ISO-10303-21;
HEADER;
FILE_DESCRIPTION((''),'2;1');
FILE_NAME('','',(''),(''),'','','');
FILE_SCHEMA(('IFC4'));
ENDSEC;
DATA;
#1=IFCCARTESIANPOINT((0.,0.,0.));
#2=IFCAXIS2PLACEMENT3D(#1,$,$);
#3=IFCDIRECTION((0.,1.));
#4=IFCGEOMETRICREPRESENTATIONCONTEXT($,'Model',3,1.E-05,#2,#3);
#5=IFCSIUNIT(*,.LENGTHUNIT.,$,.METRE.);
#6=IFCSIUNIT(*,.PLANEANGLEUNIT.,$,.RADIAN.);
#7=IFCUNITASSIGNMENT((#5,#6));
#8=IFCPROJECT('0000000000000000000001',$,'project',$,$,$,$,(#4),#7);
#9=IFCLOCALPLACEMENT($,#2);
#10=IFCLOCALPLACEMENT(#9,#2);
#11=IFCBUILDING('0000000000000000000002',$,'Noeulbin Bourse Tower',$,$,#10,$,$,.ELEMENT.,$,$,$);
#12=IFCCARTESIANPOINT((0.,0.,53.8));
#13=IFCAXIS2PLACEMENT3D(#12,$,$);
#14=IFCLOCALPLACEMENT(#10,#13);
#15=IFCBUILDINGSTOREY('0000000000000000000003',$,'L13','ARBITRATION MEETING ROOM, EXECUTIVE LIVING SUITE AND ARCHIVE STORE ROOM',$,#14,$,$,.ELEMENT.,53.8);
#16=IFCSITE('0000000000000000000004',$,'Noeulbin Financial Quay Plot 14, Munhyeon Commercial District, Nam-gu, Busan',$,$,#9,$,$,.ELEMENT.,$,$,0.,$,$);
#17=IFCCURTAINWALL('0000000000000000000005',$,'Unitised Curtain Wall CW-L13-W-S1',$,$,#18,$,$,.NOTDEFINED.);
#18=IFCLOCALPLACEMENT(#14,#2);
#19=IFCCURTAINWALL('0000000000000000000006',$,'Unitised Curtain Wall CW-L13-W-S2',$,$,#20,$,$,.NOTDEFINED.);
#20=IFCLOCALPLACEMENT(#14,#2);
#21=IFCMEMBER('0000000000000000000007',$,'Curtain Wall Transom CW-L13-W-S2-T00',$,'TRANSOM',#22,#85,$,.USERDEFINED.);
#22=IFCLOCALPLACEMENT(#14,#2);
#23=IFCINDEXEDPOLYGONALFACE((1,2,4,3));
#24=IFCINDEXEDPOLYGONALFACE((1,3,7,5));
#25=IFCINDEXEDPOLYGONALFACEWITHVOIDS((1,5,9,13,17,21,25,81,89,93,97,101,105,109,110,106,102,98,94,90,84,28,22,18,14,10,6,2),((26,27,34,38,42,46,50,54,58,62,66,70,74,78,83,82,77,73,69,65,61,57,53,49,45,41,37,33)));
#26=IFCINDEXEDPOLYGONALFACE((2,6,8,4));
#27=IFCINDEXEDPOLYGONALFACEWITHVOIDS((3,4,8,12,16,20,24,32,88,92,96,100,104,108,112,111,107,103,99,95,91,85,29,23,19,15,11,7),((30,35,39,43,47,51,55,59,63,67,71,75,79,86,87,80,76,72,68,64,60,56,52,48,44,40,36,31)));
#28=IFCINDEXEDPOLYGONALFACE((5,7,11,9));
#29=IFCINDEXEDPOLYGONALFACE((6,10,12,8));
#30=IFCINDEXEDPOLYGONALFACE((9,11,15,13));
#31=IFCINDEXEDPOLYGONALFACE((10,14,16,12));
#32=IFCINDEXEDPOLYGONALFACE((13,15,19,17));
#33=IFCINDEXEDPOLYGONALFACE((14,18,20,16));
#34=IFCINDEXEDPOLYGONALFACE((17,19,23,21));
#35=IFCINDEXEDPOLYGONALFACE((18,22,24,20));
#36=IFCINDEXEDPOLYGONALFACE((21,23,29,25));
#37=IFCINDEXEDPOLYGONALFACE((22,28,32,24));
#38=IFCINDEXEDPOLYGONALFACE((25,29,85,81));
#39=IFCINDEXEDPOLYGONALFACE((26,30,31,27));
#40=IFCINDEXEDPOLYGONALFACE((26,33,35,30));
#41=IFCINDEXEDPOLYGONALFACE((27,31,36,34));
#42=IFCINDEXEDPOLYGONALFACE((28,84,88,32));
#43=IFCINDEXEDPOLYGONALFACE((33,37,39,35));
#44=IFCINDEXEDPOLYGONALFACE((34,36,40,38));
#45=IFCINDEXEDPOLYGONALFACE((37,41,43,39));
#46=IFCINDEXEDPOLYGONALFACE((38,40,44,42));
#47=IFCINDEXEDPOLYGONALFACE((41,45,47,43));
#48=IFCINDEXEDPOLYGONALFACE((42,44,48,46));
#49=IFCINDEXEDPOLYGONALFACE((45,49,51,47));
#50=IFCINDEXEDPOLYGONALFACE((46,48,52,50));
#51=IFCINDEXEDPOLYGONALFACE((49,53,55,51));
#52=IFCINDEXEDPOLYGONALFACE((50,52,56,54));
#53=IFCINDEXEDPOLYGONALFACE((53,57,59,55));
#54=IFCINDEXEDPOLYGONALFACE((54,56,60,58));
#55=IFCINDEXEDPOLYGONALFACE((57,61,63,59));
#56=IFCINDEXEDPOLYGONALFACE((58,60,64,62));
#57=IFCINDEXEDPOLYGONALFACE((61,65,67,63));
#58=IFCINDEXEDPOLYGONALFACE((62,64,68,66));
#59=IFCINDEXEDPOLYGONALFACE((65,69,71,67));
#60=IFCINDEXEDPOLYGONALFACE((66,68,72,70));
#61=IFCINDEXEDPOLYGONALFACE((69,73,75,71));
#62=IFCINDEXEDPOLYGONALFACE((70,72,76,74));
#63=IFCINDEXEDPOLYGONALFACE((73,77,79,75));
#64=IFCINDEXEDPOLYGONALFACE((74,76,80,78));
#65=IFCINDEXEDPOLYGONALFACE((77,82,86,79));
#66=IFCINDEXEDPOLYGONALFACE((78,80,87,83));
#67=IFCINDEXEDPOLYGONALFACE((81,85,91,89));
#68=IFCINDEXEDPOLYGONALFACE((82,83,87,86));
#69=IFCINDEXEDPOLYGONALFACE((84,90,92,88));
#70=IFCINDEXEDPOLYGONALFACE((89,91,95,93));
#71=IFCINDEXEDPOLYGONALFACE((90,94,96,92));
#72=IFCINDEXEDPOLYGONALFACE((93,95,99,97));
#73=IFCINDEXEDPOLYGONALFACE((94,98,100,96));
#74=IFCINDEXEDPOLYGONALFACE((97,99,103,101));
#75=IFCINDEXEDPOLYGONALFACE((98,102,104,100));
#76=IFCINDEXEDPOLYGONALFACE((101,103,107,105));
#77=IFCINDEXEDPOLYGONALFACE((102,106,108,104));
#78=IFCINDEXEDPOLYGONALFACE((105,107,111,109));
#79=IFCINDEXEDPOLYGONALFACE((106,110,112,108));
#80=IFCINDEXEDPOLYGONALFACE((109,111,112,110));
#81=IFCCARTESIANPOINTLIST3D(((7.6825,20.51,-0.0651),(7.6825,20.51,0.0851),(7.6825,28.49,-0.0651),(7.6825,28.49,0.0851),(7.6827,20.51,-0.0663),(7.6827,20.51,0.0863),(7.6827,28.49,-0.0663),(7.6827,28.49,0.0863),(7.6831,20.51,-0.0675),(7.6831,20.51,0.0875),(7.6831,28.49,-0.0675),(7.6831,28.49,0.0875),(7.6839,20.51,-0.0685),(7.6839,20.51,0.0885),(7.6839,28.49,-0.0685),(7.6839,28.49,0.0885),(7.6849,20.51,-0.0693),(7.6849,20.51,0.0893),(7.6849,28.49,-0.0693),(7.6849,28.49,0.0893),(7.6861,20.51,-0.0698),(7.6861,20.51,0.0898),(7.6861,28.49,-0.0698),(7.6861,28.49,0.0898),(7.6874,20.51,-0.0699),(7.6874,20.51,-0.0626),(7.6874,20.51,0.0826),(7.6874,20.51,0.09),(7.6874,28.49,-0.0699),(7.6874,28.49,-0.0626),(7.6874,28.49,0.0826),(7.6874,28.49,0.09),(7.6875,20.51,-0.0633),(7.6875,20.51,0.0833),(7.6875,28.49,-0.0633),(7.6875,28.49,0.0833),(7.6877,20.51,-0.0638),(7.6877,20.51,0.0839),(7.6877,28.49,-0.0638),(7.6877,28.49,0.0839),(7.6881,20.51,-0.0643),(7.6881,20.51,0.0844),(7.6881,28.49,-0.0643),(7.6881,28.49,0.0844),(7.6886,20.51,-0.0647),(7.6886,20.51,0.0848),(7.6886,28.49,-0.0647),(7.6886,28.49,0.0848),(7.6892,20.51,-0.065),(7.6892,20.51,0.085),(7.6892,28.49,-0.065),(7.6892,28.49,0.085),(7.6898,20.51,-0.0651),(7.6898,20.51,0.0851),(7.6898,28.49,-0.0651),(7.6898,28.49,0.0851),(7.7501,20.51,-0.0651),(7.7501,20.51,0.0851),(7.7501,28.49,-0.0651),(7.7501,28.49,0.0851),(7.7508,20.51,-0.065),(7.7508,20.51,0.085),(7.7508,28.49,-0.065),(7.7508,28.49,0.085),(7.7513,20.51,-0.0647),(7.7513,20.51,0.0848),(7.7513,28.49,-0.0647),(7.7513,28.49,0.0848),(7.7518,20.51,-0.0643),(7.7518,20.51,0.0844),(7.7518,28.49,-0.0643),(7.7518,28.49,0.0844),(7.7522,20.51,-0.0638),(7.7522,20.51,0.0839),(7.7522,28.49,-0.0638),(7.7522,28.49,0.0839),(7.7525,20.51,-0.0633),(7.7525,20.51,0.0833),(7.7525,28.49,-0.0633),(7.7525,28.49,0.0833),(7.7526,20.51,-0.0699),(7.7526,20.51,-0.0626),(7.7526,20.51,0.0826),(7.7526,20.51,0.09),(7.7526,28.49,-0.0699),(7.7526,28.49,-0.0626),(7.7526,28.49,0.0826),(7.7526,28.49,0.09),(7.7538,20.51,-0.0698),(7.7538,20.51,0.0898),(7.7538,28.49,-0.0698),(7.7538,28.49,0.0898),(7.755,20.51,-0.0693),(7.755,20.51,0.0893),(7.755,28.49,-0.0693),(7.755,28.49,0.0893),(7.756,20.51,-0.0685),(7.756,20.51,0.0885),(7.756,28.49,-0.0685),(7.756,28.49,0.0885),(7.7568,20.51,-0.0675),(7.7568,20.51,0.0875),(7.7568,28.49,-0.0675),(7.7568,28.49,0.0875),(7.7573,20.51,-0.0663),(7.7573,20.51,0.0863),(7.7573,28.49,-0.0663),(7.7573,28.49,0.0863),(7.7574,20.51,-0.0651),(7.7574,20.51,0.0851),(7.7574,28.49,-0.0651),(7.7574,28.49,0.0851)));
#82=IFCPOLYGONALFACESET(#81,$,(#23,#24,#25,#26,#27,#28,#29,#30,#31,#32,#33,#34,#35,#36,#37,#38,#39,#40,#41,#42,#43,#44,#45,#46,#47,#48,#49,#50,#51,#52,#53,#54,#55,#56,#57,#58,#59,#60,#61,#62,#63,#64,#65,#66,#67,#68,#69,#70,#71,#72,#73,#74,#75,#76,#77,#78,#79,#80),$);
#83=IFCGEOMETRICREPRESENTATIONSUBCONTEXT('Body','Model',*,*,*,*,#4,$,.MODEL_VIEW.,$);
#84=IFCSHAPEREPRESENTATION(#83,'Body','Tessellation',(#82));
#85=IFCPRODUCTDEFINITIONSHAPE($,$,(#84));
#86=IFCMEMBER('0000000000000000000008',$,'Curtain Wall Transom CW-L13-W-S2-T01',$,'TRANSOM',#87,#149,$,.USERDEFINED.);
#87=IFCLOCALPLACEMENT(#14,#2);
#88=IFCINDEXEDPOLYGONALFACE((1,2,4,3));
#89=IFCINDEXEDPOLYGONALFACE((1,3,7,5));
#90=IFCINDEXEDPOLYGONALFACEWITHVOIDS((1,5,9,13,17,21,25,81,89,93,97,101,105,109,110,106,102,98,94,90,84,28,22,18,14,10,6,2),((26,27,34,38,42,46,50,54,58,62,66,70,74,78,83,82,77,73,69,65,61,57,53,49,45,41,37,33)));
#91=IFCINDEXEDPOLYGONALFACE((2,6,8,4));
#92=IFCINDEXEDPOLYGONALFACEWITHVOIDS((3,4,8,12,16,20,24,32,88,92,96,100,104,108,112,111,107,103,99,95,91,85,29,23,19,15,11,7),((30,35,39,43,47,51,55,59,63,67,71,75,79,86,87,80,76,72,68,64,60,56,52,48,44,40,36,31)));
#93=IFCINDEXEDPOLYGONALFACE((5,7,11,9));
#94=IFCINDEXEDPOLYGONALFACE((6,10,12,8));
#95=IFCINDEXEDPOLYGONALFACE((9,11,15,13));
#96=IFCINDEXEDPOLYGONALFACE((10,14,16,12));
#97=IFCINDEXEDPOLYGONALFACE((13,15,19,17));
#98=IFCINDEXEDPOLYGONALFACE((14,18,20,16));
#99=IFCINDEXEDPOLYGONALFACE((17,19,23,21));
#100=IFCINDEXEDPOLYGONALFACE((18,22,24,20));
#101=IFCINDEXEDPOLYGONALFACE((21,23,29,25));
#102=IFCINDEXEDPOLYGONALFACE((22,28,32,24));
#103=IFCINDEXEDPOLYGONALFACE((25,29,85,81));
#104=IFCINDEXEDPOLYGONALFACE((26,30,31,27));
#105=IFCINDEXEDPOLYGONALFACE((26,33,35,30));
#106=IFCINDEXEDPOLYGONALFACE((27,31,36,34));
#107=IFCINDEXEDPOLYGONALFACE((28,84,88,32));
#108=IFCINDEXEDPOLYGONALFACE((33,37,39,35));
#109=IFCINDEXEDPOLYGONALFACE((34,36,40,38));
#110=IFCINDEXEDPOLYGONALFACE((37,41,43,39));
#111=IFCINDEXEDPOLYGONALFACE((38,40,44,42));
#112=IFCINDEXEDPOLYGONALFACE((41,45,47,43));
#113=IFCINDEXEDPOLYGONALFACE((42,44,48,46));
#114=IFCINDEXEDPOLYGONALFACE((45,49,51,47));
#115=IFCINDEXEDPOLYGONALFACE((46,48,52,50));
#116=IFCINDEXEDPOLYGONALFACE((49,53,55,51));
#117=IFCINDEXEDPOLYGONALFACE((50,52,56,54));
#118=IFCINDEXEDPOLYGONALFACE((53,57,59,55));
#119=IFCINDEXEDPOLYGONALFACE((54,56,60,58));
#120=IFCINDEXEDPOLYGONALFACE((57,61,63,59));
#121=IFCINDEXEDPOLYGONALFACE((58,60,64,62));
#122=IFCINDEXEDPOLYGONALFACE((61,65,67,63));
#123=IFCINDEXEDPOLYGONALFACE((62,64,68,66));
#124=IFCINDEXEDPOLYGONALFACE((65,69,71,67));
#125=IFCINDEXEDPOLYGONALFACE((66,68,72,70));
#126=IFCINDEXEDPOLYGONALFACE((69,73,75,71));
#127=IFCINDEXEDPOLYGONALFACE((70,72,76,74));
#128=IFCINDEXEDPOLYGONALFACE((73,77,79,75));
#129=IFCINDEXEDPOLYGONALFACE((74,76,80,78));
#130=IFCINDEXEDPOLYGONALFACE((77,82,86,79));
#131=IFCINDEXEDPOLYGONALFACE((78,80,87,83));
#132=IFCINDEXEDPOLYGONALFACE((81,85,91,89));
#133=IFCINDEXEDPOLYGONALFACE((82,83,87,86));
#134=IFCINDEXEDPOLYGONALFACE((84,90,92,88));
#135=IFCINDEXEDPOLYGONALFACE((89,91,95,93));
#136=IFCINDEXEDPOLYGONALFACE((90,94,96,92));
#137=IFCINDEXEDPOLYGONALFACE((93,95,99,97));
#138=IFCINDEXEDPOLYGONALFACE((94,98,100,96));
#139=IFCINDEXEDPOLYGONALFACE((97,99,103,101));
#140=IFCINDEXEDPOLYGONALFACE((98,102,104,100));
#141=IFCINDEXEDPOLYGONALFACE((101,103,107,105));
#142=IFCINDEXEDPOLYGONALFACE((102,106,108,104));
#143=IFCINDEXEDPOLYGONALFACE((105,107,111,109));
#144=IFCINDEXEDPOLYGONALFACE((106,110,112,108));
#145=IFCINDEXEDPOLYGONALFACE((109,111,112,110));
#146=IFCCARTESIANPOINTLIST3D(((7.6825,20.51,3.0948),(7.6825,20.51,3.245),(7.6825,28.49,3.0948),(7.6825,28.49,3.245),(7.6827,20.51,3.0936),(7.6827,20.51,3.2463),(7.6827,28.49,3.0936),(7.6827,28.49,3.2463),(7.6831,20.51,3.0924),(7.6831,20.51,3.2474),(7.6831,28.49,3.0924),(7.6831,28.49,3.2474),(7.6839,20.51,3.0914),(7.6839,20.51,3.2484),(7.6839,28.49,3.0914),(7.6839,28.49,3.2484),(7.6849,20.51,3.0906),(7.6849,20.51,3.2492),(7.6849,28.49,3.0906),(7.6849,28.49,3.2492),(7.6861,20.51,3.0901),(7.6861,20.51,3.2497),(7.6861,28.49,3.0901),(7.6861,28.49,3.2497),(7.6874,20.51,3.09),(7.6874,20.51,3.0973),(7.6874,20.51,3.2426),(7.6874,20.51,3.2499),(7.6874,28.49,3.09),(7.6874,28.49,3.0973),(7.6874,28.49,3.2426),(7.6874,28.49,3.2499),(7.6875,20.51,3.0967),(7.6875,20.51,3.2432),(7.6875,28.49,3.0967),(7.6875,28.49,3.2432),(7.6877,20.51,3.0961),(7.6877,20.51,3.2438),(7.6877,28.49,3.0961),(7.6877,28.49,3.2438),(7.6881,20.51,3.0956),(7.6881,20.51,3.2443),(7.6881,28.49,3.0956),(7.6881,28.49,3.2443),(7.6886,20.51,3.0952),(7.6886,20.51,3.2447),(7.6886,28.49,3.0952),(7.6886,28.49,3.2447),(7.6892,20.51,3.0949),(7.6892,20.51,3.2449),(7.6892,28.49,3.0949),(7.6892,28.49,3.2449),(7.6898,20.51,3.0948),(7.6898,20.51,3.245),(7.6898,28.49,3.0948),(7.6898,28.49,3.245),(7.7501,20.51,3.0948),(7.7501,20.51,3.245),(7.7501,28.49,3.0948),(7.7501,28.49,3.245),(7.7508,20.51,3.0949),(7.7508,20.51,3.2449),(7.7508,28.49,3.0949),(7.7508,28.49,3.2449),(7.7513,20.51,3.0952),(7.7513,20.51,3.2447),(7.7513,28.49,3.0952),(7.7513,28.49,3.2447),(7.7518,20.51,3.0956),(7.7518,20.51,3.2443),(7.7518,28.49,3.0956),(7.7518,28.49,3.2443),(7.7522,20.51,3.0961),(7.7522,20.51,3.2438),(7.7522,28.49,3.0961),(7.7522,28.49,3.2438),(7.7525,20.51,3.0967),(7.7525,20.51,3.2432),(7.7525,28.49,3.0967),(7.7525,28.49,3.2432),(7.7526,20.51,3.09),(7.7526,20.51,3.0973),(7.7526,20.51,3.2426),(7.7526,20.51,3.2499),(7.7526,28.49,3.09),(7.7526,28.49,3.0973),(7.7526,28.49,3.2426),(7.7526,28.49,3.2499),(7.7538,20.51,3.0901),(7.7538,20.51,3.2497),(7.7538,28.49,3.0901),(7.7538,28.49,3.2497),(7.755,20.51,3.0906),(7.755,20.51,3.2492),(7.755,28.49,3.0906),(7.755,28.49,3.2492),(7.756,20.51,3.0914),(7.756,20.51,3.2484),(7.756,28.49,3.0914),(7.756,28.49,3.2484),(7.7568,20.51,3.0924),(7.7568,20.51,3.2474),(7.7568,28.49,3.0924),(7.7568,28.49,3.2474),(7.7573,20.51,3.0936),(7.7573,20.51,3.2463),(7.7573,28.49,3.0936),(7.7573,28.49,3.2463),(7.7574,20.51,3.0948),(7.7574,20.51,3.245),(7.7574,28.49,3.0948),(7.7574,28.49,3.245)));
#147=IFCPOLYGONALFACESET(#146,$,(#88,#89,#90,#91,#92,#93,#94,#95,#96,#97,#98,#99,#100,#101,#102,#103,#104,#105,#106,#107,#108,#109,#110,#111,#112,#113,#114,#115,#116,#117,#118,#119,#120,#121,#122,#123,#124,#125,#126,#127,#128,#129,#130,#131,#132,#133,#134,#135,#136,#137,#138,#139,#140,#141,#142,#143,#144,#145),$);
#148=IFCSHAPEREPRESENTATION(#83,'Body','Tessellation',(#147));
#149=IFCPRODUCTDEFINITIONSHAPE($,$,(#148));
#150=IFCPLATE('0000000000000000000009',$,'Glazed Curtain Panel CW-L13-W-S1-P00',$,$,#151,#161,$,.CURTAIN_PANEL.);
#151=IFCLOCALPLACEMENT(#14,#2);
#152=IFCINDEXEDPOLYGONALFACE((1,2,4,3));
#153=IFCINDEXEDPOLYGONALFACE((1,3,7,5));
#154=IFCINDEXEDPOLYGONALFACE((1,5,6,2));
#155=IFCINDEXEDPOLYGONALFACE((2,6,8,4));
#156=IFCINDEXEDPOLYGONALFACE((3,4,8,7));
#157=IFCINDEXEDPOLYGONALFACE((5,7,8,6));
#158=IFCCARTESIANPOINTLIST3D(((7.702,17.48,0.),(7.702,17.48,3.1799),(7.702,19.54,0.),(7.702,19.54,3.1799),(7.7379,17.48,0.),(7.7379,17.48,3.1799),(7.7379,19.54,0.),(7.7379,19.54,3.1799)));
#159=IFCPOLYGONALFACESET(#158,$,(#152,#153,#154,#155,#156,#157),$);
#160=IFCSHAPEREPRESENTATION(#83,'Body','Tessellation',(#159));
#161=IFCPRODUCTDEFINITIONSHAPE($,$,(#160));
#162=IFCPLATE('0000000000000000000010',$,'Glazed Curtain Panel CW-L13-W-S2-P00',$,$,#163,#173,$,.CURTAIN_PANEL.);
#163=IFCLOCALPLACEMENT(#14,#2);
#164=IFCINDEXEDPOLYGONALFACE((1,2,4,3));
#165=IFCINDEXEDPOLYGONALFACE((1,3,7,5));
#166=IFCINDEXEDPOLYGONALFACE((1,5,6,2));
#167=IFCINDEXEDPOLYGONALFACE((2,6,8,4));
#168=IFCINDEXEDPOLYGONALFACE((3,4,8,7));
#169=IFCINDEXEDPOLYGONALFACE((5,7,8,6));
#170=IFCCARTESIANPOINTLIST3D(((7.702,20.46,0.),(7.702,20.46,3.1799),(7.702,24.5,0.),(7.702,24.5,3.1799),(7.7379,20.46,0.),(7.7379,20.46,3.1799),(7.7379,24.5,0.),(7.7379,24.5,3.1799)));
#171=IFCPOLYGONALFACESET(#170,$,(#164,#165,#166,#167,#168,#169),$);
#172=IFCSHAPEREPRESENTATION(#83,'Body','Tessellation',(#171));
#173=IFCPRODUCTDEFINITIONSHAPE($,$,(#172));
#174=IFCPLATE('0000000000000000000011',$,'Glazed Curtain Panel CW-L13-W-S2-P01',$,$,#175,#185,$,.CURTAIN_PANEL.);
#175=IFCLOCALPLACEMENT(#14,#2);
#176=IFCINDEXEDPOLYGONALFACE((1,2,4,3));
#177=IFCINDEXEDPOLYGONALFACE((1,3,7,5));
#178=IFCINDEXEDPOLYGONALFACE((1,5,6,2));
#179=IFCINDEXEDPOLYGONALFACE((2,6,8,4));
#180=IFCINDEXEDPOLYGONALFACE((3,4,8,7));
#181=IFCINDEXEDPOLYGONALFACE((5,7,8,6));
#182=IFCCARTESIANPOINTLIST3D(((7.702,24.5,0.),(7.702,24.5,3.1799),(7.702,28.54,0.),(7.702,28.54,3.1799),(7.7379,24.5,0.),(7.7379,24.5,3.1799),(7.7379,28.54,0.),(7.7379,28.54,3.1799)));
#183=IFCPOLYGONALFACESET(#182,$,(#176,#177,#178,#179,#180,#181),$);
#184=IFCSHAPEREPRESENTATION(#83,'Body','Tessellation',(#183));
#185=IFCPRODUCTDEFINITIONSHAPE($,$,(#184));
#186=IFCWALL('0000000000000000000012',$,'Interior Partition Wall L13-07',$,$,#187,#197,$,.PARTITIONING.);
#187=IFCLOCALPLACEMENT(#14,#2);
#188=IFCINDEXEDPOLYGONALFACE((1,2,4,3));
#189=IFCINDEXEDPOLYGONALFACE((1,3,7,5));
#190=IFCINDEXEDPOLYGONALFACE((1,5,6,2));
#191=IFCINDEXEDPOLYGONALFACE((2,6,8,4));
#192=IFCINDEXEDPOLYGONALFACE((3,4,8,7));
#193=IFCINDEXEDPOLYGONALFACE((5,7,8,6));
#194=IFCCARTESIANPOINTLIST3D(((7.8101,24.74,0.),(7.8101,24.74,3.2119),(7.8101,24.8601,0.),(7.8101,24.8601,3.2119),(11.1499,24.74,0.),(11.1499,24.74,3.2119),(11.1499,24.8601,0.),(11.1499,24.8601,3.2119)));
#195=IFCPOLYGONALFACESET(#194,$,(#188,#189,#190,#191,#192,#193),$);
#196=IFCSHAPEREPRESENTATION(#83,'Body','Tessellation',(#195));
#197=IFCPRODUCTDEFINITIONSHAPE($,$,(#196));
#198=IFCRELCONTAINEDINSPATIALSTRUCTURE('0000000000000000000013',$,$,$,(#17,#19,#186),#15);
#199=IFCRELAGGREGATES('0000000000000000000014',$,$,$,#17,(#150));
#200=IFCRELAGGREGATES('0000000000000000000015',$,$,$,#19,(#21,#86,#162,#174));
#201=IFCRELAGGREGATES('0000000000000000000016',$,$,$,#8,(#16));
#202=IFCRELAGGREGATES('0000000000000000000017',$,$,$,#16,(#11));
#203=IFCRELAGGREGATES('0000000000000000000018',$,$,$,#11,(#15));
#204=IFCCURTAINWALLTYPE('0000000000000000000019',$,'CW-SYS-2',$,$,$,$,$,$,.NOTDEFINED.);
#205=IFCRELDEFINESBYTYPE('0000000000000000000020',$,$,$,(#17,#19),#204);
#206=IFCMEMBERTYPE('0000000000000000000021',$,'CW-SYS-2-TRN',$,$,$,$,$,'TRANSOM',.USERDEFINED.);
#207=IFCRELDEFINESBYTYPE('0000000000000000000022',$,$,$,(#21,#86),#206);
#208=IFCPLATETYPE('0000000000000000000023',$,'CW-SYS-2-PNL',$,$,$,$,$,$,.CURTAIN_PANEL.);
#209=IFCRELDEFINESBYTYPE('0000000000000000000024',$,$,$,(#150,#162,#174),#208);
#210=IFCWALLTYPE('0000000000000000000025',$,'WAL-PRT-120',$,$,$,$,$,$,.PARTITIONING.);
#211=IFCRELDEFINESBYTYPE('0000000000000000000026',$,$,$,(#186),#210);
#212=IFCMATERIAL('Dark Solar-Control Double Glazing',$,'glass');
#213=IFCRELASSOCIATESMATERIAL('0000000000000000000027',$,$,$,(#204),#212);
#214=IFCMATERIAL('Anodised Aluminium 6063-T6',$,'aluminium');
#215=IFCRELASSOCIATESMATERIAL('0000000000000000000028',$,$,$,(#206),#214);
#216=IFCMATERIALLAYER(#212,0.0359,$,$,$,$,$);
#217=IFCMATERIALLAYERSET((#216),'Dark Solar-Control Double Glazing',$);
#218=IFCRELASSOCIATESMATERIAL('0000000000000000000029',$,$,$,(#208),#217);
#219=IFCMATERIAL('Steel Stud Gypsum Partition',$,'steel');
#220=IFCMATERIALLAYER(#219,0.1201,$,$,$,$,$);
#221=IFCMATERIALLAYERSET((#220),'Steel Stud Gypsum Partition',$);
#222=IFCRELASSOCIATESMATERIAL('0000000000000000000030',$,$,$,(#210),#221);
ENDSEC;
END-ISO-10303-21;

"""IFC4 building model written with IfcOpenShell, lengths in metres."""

from ifc_helpers import new_model, si_unit, direction, frame, frame_2d, origin, origin_2d, place, context, subcontext, project, spatial, rectangle, hollow_rectangle, extrude, material, layer, layer_set, material_profile, profile_set, type_object, element, aggregate, save


model = new_model("IFC4")

# Units and contexts
model_context = context("Model", 3, precision=1e-05, world=origin(), true_north=direction((0.0, 1.0)))
body_context = subcontext(model_context, "Body", "Model", "MODEL_VIEW")
ifc_project = project(units=[si_unit("LENGTHUNIT", "METRE"), si_unit("PLANEANGLEUNIT", "RADIAN")], contexts=[model_context])

# Site, building, storey
site_placement = place(None, origin())
site = spatial("IfcSite", under=ifc_project, at=site_placement, Name="Noeulbin Financial Quay Plot 14, Munhyeon Commercial District, Nam-gu, Busan", CompositionType="ELEMENT", RefElevation=0.0)
building_placement = place(site_placement, origin())
building = spatial("IfcBuilding", under=site, at=building_placement, Name="Noeulbin Bourse Tower", CompositionType="ELEMENT")
storey_placement = place(building_placement, frame((0.0, 0.0, 53.8)))
storey = spatial("IfcBuildingStorey", under=building, at=storey_placement, Name="L13", Description="ARBITRATION MEETING ROOM, EXECUTIVE LIVING SUITE AND ARCHIVE STORE ROOM", CompositionType="ELEMENT", Elevation=53.8)

# Curtain wall
ifc_material_1 = material(Name="Dark Solar-Control Double Glazing", Category="glass")
curtain_wall_type = type_object("IfcCurtainWallType", Name="CW-SYS-2", PredefinedType="NOTDEFINED", material=ifc_material_1)
curtain_wall_1_placement = place(storey_placement, origin())
curtain_wall_1 = element("IfcCurtainWall", 1, at=curtain_wall_1_placement, inside=storey, type_object=curtain_wall_type, Name="Unitised Curtain Wall CW-L13-W-S1", PredefinedType="NOTDEFINED")
ifc_material_2 = material(Name="Anodised Aluminium 6063-T6", Category="aluminium")

# Curtain wall, members
curtain_wall_2_placement = place(storey_placement, origin())
curtain_wall_2 = element("IfcCurtainWall", 2, at=curtain_wall_2_placement, inside=storey, type_object=curtain_wall_type, Name="Unitised Curtain Wall CW-L13-W-S2", PredefinedType="NOTDEFINED")
ifc_material_profile_1 = material_profile(ifc_material_2, hollow_rectangle(XDim=0.075, YDim=0.1599, WallThickness=0.0049, InnerFilletRadius=0.0024, OuterFilletRadius=0.0049, at=origin_2d()), Name="ALU-TRAN-75x160x5", Category="LoadBearing")
ifc_profile_set_1 = profile_set([ifc_material_profile_1], Name="Anodised Aluminium 6063-T6")
member_type_1 = type_object("IfcMemberType", Name="CW-SYS-2-TRN", ElementType="TRANSOM", PredefinedType="USERDEFINED", material=ifc_profile_set_1)
member_1_placement = place(storey_placement, frame((7.72, 20.51, 0.01), z_axis=(0.0, 1.0, 0.0), x_axis=(-1.0, 0.0, 0.0)))
member_1 = element("IfcMember", 3, at=member_1_placement, type_object=member_type_1, Name="Curtain Wall Transom CW-L13-W-S2-T00", ObjectType="TRANSOM", PredefinedType="USERDEFINED", context=body_context, shape_type="SweptSolid", body=[
    extrude(hollow_rectangle(XDim=0.075, YDim=0.1599, WallThickness=0.0049, InnerFilletRadius=0.0024, OuterFilletRadius=0.0049, at=origin_2d()), origin(), (0.0, 0.0, 1.0), 7.98),
])
member_2_placement = place(storey_placement, frame((7.72, 20.51, 3.1699), z_axis=(0.0, 1.0, 0.0), x_axis=(-1.0, 0.0, 0.0)))
member_2 = element("IfcMember", 4, at=member_2_placement, type_object=member_type_1, Name="Curtain Wall Transom CW-L13-W-S2-T01", ObjectType="TRANSOM", PredefinedType="USERDEFINED", context=body_context, shape_type="SweptSolid", body=[
    extrude(hollow_rectangle(XDim=0.075, YDim=0.1599, WallThickness=0.0049, InnerFilletRadius=0.0024, OuterFilletRadius=0.0049, at=origin_2d()), origin(), (0.0, 0.0, 1.0), 7.98),
])

# Plates
ifc_layer_1 = layer(ifc_material_1, 0.0359)
ifc_layer_set_1 = layer_set([ifc_layer_1], Name="Dark Solar-Control Double Glazing")
plate_type = type_object("IfcPlateType", Name="CW-SYS-2-PNL", PredefinedType="CURTAIN_PANEL", material=ifc_layer_set_1)
plate_1_placement = place(storey_placement, frame((7.72, 18.51, 0.0), z_axis=(0.0, 0.0, 1.0), x_axis=(0.0, 1.0, 0.0)))
plate_1 = element("IfcPlate", 5, at=plate_1_placement, type_object=plate_type, Name="Glazed Curtain Panel CW-L13-W-S1-P00", PredefinedType="CURTAIN_PANEL", context=body_context, shape_type="SweptSolid", body=[
    extrude(rectangle(XDim=2.0601, YDim=0.0359, at=origin_2d()), origin(), (0.0, 0.0, 1.0), 3.1799),
])
aggregate(curtain_wall_1, [plate_1])
plate_2_placement = place(storey_placement, frame((7.72, 22.48, 0.0), z_axis=(0.0, 0.0, 1.0), x_axis=(0.0, 1.0, 0.0)))
plate_2 = element("IfcPlate", 6, at=plate_2_placement, type_object=plate_type, Name="Glazed Curtain Panel CW-L13-W-S2-P00", PredefinedType="CURTAIN_PANEL", context=body_context, shape_type="SweptSolid", body=[
    extrude(rectangle(XDim=4.04, YDim=0.0359, at=origin_2d()), origin(), (0.0, 0.0, 1.0), 3.1799),
])
plate_3_placement = place(storey_placement, frame((7.72, 26.52, 0.0), z_axis=(0.0, 0.0, 1.0), x_axis=(0.0, 1.0, 0.0)))
plate_3 = element("IfcPlate", 7, at=plate_3_placement, type_object=plate_type, Name="Glazed Curtain Panel CW-L13-W-S2-P01", PredefinedType="CURTAIN_PANEL", context=body_context, shape_type="SweptSolid", body=[
    extrude(rectangle(XDim=4.04, YDim=0.0359, at=origin_2d()), origin(), (0.0, 0.0, 1.0), 3.1799),
])
aggregate(curtain_wall_2, [member_1, member_2, plate_2, plate_3])

# Wall
ifc_material_3 = material(Name="Steel Stud Gypsum Partition", Category="steel")
ifc_layer_2 = layer(ifc_material_3, 0.1201)
ifc_layer_set_2 = layer_set([ifc_layer_2], Name="Steel Stud Gypsum Partition")
wall_type = type_object("IfcWallType", Name="WAL-PRT-120", PredefinedType="PARTITIONING", material=ifc_layer_set_2)
wall_placement = place(storey_placement, frame((7.8101, 24.8, 0.0), z_axis=(0.0, 0.0, 1.0), x_axis=(1.0, 0.0, 0.0)))
element("IfcWall", 8, at=wall_placement, inside=storey, type_object=wall_type, Name="Interior Partition Wall L13-07", PredefinedType="PARTITIONING", context=body_context, shape_type="SweptSolid", body=[
    extrude(rectangle(XDim=3.3398, YDim=0.1201, at=frame_2d((1.6699, 0.0))), origin(), (0.0, 0.0, 1.0), 3.2119),
])

save(model, "model.ifc")
